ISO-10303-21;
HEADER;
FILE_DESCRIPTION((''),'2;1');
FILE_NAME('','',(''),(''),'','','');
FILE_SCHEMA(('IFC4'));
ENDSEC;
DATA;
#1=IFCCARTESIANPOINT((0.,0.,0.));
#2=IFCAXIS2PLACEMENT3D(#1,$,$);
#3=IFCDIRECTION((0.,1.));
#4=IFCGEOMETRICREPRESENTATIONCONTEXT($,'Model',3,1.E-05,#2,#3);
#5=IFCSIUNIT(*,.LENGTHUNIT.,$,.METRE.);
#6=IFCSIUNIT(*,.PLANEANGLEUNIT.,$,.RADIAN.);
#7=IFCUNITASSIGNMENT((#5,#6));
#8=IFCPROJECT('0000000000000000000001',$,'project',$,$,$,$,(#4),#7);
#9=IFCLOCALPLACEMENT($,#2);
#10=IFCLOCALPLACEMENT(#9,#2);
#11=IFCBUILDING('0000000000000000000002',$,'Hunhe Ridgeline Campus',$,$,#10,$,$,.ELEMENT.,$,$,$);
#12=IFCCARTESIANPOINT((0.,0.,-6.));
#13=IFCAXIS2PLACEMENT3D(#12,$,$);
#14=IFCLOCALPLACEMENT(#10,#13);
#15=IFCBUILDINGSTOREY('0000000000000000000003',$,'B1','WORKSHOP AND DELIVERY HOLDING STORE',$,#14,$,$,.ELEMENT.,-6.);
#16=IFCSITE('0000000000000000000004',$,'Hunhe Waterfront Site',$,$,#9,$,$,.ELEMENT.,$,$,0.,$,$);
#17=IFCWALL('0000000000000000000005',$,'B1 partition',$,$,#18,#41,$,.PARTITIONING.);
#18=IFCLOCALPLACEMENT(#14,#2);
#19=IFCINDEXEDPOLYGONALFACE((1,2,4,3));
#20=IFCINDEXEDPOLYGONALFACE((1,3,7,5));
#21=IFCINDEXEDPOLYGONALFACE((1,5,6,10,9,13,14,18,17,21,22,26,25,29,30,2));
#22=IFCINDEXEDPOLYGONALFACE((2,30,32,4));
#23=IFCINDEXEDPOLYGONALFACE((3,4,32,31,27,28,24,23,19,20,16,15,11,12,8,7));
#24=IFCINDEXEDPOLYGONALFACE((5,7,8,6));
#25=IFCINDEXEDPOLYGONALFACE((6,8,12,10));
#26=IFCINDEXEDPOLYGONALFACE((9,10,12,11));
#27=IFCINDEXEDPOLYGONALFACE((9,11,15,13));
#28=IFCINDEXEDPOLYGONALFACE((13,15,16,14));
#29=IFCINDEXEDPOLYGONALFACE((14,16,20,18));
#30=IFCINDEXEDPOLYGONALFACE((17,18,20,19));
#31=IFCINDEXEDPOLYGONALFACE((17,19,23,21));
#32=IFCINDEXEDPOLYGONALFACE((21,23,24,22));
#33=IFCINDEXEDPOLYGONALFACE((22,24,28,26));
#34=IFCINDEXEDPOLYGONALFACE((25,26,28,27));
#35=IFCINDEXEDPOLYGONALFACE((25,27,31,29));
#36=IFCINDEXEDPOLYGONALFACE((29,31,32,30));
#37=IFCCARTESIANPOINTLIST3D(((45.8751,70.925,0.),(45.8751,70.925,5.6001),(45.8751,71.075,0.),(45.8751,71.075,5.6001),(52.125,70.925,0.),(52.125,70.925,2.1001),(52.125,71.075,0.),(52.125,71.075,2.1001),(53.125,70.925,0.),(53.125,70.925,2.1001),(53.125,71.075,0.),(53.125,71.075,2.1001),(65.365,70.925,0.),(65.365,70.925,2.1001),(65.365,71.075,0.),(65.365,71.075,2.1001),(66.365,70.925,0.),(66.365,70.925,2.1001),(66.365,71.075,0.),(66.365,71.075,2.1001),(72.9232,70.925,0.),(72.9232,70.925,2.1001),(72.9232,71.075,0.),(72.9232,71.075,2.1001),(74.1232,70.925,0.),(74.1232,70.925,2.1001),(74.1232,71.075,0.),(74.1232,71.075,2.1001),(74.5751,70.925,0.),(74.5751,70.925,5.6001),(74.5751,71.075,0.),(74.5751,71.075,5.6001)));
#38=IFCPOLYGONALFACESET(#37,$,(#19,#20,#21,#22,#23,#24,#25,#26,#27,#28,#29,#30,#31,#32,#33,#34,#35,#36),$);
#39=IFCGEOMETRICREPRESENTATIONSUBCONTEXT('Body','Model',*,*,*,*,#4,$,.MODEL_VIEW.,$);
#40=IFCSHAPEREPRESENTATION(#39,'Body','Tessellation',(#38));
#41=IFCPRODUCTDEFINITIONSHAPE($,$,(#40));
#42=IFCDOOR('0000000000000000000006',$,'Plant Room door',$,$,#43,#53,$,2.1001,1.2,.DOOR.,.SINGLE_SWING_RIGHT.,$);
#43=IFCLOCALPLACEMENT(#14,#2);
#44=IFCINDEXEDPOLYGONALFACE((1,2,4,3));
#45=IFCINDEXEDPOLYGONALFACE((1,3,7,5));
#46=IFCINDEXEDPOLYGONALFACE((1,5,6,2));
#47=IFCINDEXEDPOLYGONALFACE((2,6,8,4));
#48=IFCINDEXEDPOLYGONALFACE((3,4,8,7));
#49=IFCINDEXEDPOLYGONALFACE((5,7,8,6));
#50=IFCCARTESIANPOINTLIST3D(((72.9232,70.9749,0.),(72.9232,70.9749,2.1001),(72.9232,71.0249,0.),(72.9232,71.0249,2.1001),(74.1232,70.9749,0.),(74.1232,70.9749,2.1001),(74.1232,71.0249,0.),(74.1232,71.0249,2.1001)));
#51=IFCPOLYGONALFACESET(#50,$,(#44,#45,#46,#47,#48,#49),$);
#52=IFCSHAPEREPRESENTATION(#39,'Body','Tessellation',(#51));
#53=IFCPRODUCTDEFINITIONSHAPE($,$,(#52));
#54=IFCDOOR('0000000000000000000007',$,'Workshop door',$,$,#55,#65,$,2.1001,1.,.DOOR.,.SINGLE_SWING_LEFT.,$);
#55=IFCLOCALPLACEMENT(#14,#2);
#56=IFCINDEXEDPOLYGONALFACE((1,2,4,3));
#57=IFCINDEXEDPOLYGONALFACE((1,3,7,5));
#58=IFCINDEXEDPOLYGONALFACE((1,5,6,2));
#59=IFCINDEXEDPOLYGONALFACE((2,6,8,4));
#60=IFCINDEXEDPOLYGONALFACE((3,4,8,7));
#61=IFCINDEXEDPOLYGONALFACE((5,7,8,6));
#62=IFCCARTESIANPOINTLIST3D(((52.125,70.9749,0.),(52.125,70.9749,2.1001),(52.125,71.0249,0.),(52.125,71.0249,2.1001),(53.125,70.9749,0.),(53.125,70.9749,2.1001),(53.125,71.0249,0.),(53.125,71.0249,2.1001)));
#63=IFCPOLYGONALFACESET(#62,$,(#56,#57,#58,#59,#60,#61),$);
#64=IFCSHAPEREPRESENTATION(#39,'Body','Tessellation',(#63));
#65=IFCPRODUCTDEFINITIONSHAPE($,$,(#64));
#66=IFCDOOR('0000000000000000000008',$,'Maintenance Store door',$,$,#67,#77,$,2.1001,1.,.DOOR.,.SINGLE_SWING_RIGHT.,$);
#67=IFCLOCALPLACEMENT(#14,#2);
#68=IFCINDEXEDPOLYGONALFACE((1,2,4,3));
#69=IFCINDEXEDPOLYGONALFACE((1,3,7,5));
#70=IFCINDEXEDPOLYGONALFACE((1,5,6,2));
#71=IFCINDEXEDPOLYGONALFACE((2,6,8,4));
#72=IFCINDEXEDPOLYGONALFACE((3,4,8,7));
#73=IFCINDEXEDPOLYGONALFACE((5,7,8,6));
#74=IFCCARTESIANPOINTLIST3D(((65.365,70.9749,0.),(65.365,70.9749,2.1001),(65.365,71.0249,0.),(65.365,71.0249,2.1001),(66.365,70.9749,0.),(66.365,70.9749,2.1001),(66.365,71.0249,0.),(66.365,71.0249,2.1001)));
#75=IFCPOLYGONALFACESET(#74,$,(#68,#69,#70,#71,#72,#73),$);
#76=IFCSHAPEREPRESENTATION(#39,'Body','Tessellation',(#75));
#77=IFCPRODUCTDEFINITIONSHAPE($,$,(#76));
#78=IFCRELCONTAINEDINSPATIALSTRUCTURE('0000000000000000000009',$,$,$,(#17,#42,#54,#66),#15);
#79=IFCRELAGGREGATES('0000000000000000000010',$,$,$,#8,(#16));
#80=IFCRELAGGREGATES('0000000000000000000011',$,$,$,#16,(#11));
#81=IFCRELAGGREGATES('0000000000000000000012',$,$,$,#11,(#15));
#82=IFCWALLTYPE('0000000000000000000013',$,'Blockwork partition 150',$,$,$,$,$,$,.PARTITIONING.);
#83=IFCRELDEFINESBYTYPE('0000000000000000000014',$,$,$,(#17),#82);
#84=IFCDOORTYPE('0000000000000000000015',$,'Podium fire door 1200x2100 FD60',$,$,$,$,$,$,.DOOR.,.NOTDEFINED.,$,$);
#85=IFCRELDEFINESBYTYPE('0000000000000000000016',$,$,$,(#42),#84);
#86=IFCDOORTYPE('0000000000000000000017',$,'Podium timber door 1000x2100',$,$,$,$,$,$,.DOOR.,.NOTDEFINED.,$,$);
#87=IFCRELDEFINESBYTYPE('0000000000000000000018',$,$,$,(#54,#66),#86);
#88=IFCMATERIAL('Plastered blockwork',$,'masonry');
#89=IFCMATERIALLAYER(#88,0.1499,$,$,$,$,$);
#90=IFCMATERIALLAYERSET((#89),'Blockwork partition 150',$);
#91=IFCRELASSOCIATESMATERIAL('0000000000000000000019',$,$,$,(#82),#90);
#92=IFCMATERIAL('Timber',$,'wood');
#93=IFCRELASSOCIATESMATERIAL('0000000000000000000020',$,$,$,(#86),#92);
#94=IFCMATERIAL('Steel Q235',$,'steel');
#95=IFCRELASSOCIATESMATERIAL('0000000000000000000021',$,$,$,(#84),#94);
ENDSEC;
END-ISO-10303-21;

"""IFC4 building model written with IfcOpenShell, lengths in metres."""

from ifc_helpers import new_model, si_unit, direction, frame, frame_2d, origin, place, context, subcontext, project, spatial, rectangle, extrude, material, layer, layer_set, type_object, element, fill, save


model = new_model("IFC4")

# Units and contexts
model_context = context("Model", 3, precision=1e-05, world=origin(), true_north=direction((0.0, 1.0)))
body_context = subcontext(model_context, "Body", "Model", "MODEL_VIEW")
ifc_project = project(units=[si_unit("LENGTHUNIT", "METRE"), si_unit("PLANEANGLEUNIT", "RADIAN")], contexts=[model_context])

# Site, building, storey
site_placement = place(None, origin())
site = spatial("IfcSite", under=ifc_project, at=site_placement, Name="Hunhe Waterfront Site", CompositionType="ELEMENT", RefElevation=0.0)
building_placement = place(site_placement, origin())
building = spatial("IfcBuilding", under=site, at=building_placement, Name="Hunhe Ridgeline Campus", CompositionType="ELEMENT")
storey_placement = place(building_placement, frame((0.0, 0.0, -6.0)))
storey = spatial("IfcBuildingStorey", under=building, at=storey_placement, Name="B1", Description="WORKSHOP AND DELIVERY HOLDING STORE", CompositionType="ELEMENT", Elevation=-6.0)

# Shared definitions
ifc_material_1 = material(Name="Plastered blockwork", Category="masonry")
ifc_layer = layer(ifc_material_1, 0.1499)
ifc_layer_set = layer_set([ifc_layer], Name="Blockwork partition 150")
wall_type = type_object("IfcWallType", Name="Blockwork partition 150", PredefinedType="PARTITIONING", material=ifc_layer_set)

# Shared definitions
ifc_material_2 = material(Name="Timber", Category="wood")
door_type_1 = type_object("IfcDoorType", Name="Podium timber door 1000x2100", OperationType="NOTDEFINED", PredefinedType="DOOR", material=ifc_material_2)

# Wall, openings, doors
wall_1_placement = place(storey_placement, frame((45.875, 71.0, 0.0), z_axis=(0.0, 0.0, 1.0), x_axis=(1.0, 0.0, 0.0)))
wall_1 = element("IfcWall", 1, at=wall_1_placement, inside=storey, type_object=wall_type, Name="B1 partition", PredefinedType="PARTITIONING", context=body_context, shape_type="SweptSolid", body=[
    extrude(rectangle(XDim=28.7, YDim=0.1499, at=frame_2d((14.3501, 0.0))), origin(), (0.0, 0.0, 1.0), 5.6001),
])
opening_1_placement = place(wall_1_placement, frame((6.25, 0.0, 0.0)))
opening_1 = element("IfcOpeningElement", 2, at=opening_1_placement, cuts=wall_1, PredefinedType="OPENING", context=body_context, shape_type="SweptSolid", body=[
    extrude(rectangle(XDim=1.0, YDim=2.1001, at=frame_2d((0.5, 1.05))), frame((0.0, 0.075, 0.0), z_axis=(0.0, -1.0, 0.0), x_axis=(1.0, 0.0, 0.0)), (0.0, 0.0, 1.0), 0.1499),
])
opening_2_placement = place(wall_1_placement, frame((19.49, 0.0, 0.0)))
opening_2 = element("IfcOpeningElement", 3, at=opening_2_placement, cuts=wall_1, PredefinedType="OPENING", context=body_context, shape_type="SweptSolid", body=[
    extrude(rectangle(XDim=1.0, YDim=2.1001, at=frame_2d((0.5, 1.05))), frame((0.0, 0.075, 0.0), z_axis=(0.0, -1.0, 0.0), x_axis=(1.0, 0.0, 0.0)), (0.0, 0.0, 1.0), 0.1499),
])
opening_3_placement = place(wall_1_placement, frame((27.0481, 0.0, 0.0)))
opening_3 = element("IfcOpeningElement", 4, at=opening_3_placement, cuts=wall_1, PredefinedType="OPENING", context=body_context, shape_type="SweptSolid", body=[
    extrude(rectangle(XDim=1.2, YDim=2.1001, at=frame_2d((0.6001, 1.05))), frame((0.0, 0.075, 0.0), z_axis=(0.0, -1.0, 0.0), x_axis=(1.0, 0.0, 0.0)), (0.0, 0.0, 1.0), 0.1499),
])
ifc_material_3 = material(Name="Steel Q235", Category="steel")
door_type_2 = type_object("IfcDoorType", Name="Podium fire door 1200x2100 FD60", OperationType="NOTDEFINED", PredefinedType="DOOR", material=ifc_material_3)
door_1_placement = place(opening_3_placement, origin())
door_1 = element("IfcDoor", 5, at=door_1_placement, inside=storey, type_object=door_type_2, Name="Plant Room door", OperationType="SINGLE_SWING_RIGHT", OverallHeight=2.1001, OverallWidth=1.2, PredefinedType="DOOR", context=body_context, shape_type="SweptSolid", body=[
    extrude(rectangle(XDim=1.2, YDim=2.1001, at=frame_2d((0.6001, 1.05))), frame((0.0, 0.0249, 0.0), z_axis=(0.0, -1.0, 0.0), x_axis=(1.0, 0.0, 0.0)), (0.0, 0.0, 1.0), 0.05),
])
fill(opening_3, door_1)
door_2_placement = place(opening_1_placement, origin())
door_2 = element("IfcDoor", 6, at=door_2_placement, inside=storey, type_object=door_type_1, Name="Workshop door", OperationType="SINGLE_SWING_LEFT", OverallHeight=2.1001, OverallWidth=1.0, PredefinedType="DOOR", context=body_context, shape_type="SweptSolid", body=[
    extrude(rectangle(XDim=1.0, YDim=2.1001, at=frame_2d((0.5, 1.05))), frame((0.0, 0.0249, 0.0), z_axis=(0.0, -1.0, 0.0), x_axis=(1.0, 0.0, 0.0)), (0.0, 0.0, 1.0), 0.05),
])
fill(opening_1, door_2)
door_3_placement = place(opening_2_placement, origin())
door_3 = element("IfcDoor", 7, at=door_3_placement, inside=storey, type_object=door_type_1, Name="Maintenance Store door", OperationType="SINGLE_SWING_RIGHT", OverallHeight=2.1001, OverallWidth=1.0, PredefinedType="DOOR", context=body_context, shape_type="SweptSolid", body=[
    extrude(rectangle(XDim=1.0, YDim=2.1001, at=frame_2d((0.5, 1.05))), frame((0.0, 0.0249, 0.0), z_axis=(0.0, -1.0, 0.0), x_axis=(1.0, 0.0, 0.0)), (0.0, 0.0, 1.0), 0.05),
])
fill(opening_2, door_3)

save(model, "model.ifc")
